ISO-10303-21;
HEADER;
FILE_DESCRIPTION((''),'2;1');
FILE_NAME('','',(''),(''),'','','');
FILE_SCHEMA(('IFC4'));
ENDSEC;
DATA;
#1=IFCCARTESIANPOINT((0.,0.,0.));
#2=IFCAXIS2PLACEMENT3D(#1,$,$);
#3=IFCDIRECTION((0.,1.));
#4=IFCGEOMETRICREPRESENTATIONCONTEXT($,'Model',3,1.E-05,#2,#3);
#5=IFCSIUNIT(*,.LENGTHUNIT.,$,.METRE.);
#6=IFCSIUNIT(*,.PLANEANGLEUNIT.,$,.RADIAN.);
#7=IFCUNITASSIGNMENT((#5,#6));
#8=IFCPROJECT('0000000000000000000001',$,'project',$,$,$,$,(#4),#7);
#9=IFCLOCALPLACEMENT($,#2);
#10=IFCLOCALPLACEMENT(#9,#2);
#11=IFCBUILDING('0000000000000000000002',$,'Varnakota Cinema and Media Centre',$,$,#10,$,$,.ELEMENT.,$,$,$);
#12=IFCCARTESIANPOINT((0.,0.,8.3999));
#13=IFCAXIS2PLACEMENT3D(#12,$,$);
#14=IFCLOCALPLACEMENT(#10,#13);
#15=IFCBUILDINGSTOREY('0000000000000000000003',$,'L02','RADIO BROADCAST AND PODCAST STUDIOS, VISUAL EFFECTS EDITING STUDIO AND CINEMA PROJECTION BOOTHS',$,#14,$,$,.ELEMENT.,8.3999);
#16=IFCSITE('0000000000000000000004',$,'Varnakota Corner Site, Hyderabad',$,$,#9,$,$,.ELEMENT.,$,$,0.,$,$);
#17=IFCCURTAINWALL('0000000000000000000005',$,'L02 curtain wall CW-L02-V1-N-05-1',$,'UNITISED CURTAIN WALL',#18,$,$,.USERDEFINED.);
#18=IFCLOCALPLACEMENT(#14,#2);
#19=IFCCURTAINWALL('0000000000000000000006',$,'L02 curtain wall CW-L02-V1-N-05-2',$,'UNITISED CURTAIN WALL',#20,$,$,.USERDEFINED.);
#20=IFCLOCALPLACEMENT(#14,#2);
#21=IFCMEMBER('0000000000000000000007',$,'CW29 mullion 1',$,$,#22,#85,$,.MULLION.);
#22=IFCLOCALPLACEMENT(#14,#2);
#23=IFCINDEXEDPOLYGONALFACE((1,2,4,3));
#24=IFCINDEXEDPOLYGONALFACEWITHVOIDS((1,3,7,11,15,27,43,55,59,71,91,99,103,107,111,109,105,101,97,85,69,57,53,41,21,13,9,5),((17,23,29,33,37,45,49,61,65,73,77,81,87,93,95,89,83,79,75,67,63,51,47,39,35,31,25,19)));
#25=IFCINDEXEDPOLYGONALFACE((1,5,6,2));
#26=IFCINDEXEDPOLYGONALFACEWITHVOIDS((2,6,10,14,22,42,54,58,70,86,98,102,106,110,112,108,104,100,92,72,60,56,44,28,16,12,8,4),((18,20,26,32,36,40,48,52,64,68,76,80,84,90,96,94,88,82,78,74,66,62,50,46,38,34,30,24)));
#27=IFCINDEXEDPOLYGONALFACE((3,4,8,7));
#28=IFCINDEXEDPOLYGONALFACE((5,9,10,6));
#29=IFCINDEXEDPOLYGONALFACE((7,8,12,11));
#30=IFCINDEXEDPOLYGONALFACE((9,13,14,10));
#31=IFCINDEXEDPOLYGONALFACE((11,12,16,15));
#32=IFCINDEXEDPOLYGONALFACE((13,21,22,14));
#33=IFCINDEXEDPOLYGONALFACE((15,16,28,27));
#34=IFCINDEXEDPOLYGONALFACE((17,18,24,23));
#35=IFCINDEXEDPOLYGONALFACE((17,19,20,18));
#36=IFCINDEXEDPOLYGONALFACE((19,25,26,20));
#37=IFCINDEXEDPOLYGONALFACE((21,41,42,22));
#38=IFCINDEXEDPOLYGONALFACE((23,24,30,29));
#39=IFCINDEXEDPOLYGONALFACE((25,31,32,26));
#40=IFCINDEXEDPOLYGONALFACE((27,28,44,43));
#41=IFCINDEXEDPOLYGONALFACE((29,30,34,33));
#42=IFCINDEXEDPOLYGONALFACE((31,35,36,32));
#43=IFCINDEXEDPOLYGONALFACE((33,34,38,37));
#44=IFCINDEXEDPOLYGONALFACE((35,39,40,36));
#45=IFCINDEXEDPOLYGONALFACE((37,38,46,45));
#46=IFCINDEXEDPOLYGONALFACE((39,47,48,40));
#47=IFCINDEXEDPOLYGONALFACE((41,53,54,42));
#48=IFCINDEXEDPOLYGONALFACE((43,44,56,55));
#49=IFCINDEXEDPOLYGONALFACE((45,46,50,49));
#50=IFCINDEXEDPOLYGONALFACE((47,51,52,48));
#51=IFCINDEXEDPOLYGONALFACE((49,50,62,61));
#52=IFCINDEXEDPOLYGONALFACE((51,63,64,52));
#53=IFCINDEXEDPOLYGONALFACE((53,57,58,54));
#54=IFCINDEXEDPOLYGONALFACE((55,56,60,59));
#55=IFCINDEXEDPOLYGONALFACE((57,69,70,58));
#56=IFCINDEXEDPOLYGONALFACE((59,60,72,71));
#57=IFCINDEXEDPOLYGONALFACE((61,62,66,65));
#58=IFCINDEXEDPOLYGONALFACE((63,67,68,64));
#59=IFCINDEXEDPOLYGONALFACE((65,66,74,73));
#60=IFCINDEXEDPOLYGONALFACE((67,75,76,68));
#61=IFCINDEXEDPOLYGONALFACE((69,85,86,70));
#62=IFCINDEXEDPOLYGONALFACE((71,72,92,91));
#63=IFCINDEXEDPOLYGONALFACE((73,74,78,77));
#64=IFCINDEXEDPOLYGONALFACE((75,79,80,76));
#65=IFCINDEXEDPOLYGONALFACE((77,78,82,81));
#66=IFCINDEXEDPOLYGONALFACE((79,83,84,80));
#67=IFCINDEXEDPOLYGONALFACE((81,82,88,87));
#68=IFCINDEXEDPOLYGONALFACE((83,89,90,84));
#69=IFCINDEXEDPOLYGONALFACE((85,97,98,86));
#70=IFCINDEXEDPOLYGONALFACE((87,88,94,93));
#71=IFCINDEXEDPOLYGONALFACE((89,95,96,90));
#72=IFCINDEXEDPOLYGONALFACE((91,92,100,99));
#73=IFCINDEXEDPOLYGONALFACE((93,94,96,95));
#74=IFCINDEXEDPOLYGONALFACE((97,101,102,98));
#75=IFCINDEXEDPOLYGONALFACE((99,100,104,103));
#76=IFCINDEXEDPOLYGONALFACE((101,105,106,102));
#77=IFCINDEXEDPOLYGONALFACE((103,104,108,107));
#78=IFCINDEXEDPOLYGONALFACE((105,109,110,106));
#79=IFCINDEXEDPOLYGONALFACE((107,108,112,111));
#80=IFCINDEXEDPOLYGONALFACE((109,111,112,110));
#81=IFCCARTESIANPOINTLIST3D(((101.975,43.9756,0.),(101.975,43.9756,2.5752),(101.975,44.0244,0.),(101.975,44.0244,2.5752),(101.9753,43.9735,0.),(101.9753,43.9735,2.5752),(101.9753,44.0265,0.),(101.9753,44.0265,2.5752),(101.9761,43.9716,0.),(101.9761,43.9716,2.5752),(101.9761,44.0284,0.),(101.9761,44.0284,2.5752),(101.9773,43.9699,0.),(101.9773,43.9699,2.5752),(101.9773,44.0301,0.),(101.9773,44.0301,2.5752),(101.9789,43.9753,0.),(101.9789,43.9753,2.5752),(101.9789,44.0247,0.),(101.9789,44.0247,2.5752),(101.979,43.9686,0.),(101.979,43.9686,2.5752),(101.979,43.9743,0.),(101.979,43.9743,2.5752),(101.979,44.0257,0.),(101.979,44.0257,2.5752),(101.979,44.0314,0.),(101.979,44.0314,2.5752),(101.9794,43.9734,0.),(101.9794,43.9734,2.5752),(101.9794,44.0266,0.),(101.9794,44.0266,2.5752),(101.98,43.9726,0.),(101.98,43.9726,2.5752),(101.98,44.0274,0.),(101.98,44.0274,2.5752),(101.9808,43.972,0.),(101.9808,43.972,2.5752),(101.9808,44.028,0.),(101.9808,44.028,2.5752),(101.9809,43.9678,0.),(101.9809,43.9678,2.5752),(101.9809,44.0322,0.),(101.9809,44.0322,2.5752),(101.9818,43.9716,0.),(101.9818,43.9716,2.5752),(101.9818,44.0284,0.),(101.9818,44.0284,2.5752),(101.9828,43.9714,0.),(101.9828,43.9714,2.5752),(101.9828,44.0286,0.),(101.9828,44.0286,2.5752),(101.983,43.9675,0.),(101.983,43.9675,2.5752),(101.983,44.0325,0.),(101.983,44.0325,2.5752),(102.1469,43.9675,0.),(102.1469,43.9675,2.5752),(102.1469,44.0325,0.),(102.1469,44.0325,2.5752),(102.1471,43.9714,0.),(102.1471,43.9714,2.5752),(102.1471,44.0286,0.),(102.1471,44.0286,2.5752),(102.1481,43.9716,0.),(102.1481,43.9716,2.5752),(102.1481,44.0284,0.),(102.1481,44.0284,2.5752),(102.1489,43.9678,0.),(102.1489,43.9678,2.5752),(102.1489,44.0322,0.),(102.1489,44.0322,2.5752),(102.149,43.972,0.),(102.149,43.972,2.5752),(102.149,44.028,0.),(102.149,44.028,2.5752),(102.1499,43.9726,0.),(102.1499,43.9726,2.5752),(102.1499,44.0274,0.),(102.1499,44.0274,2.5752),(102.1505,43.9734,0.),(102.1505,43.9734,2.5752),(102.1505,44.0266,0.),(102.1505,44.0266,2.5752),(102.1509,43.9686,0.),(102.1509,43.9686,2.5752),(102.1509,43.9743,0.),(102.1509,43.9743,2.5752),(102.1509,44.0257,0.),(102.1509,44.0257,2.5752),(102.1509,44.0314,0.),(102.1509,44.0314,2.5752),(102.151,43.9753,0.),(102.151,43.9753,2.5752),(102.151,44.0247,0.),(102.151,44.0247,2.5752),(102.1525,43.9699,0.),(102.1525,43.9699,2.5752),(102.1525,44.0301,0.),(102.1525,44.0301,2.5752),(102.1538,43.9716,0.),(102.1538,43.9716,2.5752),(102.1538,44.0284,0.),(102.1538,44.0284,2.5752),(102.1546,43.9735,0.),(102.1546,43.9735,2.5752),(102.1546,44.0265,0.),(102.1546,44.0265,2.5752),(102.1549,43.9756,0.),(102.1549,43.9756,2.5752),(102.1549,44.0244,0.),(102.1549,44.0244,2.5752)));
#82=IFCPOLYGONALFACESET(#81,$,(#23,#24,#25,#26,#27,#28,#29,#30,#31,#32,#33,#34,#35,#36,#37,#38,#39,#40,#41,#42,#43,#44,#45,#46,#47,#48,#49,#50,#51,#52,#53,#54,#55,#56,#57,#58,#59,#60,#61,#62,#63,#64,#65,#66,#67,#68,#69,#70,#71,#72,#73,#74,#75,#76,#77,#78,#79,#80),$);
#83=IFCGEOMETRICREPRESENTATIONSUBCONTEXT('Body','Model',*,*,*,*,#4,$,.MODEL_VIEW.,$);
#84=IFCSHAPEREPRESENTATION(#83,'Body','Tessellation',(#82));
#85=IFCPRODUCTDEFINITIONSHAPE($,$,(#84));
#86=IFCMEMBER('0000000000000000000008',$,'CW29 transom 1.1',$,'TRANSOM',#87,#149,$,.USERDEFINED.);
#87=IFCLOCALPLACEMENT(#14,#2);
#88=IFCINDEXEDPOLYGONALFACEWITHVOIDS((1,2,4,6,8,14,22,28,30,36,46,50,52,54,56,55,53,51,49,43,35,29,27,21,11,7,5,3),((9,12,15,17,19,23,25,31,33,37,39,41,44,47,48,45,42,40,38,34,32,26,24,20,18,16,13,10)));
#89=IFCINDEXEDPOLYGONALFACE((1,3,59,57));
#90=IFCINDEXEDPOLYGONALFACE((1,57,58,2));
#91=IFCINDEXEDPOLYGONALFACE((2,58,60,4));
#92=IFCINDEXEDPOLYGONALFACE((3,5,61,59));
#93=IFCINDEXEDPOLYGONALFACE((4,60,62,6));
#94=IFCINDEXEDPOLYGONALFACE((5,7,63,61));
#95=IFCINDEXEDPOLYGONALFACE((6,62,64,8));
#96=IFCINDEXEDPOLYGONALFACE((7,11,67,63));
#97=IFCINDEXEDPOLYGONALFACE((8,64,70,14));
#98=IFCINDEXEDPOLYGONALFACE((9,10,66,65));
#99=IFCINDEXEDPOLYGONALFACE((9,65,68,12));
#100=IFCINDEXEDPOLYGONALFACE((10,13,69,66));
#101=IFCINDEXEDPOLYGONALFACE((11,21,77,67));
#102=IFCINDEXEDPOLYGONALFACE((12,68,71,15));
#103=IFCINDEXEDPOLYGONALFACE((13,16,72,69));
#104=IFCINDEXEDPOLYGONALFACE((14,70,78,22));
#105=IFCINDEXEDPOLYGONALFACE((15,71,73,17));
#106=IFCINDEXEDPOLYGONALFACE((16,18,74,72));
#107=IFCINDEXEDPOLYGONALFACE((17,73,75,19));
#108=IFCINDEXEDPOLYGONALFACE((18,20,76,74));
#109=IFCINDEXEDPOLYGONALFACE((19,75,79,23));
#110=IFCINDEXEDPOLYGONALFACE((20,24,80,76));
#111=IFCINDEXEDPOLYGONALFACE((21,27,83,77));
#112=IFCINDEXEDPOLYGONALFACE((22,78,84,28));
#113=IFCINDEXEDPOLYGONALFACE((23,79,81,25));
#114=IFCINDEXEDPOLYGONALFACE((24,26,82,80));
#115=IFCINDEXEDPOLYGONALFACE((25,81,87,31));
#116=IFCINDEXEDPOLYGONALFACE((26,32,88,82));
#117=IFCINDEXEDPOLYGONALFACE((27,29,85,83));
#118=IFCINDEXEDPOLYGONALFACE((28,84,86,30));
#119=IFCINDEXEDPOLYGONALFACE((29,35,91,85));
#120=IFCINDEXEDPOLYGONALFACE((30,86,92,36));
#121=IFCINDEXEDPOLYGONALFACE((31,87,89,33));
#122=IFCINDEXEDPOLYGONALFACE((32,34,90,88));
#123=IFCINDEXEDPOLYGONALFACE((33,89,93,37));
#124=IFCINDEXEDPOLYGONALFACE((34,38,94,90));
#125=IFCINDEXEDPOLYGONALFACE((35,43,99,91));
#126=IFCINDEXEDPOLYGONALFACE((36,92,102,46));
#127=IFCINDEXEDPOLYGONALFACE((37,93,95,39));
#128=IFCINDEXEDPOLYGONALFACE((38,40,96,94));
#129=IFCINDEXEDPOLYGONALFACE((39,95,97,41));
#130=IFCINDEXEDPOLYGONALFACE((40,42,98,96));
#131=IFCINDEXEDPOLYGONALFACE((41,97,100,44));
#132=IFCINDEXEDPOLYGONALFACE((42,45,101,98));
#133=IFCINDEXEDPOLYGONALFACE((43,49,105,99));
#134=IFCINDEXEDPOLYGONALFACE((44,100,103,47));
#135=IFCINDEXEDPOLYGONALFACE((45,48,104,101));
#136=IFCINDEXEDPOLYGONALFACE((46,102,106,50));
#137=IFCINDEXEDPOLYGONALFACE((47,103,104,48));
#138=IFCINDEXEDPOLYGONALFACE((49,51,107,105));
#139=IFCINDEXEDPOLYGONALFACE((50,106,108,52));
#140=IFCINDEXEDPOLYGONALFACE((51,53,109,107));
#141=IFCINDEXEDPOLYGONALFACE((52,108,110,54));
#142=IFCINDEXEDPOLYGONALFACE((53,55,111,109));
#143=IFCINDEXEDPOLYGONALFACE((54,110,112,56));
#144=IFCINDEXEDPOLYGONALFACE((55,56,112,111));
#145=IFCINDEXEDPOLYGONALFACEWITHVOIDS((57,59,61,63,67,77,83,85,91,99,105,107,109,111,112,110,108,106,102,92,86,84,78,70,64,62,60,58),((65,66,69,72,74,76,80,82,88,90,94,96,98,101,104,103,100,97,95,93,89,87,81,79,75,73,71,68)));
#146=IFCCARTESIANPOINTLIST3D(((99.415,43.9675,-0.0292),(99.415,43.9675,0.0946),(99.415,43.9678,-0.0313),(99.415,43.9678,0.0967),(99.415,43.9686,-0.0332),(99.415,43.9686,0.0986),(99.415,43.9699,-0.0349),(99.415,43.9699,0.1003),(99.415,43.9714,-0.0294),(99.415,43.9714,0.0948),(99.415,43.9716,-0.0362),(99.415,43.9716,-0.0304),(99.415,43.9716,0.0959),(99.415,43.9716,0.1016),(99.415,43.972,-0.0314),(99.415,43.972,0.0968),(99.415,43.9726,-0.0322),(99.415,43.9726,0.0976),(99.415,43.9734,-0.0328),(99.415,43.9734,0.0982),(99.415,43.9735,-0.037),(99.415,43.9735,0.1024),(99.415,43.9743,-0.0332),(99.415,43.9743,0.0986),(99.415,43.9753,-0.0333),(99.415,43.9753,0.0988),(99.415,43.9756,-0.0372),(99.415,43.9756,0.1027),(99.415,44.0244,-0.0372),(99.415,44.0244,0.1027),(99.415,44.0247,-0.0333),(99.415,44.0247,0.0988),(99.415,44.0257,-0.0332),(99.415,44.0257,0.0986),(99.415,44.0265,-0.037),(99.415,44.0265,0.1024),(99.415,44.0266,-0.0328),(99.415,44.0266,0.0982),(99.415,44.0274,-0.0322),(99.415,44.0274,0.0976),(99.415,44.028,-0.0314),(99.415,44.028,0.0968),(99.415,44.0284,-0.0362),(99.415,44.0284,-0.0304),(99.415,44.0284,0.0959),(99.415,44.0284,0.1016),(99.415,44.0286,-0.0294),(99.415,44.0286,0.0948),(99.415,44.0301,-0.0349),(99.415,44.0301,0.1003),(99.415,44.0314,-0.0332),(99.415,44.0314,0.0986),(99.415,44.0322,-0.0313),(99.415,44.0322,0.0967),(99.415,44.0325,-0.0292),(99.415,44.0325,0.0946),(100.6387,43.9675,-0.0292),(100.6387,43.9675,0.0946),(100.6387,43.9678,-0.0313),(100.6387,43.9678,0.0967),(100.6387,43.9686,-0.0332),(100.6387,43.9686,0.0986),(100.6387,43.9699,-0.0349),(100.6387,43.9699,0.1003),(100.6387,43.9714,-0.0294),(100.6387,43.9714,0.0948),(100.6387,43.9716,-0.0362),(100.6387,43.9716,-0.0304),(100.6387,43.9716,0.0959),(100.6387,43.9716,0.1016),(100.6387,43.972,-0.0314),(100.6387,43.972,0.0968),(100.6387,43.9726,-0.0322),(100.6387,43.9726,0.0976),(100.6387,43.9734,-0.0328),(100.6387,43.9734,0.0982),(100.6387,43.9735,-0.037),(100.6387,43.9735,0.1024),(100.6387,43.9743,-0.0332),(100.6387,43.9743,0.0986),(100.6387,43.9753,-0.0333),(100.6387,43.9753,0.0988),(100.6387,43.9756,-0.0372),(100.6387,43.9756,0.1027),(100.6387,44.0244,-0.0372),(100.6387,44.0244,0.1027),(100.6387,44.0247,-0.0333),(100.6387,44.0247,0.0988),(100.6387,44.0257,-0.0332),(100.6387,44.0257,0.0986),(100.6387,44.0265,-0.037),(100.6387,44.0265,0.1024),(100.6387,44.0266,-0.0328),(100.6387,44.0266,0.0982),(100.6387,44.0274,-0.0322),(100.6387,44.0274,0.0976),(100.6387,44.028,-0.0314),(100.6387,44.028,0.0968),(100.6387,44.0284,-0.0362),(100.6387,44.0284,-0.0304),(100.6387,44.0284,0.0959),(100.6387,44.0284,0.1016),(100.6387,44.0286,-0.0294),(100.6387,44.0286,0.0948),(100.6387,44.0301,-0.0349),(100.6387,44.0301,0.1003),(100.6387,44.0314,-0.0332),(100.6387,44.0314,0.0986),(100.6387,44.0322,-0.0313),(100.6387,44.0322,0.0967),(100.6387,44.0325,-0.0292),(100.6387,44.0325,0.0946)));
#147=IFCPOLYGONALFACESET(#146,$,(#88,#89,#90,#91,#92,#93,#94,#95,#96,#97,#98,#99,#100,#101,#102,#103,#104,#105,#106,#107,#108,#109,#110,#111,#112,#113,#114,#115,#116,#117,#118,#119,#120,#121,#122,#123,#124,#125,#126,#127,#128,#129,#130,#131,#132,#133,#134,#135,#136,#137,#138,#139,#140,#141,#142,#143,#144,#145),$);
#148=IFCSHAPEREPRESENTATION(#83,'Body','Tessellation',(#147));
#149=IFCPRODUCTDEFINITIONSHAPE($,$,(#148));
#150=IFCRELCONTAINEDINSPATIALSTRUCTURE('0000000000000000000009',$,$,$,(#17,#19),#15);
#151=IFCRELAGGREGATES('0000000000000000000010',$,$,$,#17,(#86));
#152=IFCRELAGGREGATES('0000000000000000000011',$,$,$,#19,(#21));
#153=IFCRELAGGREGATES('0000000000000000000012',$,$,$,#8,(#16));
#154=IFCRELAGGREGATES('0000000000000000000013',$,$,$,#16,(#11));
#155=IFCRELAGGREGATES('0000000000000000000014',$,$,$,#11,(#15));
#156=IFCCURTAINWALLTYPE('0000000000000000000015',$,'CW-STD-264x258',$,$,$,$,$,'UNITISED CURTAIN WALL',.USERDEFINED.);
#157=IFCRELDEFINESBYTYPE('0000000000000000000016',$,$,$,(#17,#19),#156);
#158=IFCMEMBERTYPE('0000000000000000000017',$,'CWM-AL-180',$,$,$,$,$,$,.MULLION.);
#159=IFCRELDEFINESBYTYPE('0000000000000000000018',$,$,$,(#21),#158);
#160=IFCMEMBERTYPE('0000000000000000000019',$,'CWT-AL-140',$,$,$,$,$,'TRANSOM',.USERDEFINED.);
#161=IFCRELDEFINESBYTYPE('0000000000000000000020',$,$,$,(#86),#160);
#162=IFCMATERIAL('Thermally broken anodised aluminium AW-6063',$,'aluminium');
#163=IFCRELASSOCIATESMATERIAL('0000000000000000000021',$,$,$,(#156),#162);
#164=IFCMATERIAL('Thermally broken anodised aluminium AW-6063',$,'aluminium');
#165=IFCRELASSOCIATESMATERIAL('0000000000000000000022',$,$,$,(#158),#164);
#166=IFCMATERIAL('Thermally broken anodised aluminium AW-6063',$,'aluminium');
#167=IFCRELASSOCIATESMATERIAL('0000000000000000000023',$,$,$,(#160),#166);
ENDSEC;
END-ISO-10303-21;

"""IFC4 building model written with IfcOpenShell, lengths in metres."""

from ifc_helpers import new_model, si_unit, direction, frame, origin, origin_2d, place, context, subcontext, project, spatial, hollow_rectangle, extrude, material, material_profile, profile_set, type_object, element, aggregate, save


model = new_model("IFC4")

# Units and contexts
model_context = context("Model", 3, precision=1e-05, world=origin(), true_north=direction((0.0, 1.0)))
body_context = subcontext(model_context, "Body", "Model", "MODEL_VIEW")
ifc_project = project(units=[si_unit("LENGTHUNIT", "METRE"), si_unit("PLANEANGLEUNIT", "RADIAN")], contexts=[model_context])

# Site, building, storey
site_placement = place(None, origin())
site = spatial("IfcSite", under=ifc_project, at=site_placement, Name="Varnakota Corner Site, Hyderabad", CompositionType="ELEMENT", RefElevation=0.0)
building_placement = place(site_placement, origin())
building = spatial("IfcBuilding", under=site, at=building_placement, Name="Varnakota Cinema and Media Centre", CompositionType="ELEMENT")
storey_placement = place(building_placement, frame((0.0, 0.0, 8.3999)))
storey = spatial("IfcBuildingStorey", under=building, at=storey_placement, Name="L02", Description="RADIO BROADCAST AND PODCAST STUDIOS, VISUAL EFFECTS EDITING STUDIO AND CINEMA PROJECTION BOOTHS", CompositionType="ELEMENT", Elevation=8.3999)

# Shared definitions
ifc_material_1 = material(Name="Thermally broken anodised aluminium AW-6063", Category="aluminium")
curtain_wall_type = type_object("IfcCurtainWallType", Name="CW-STD-264x258", ElementType="UNITISED CURTAIN WALL", PredefinedType="USERDEFINED", material=ifc_material_1)
ifc_material_2 = material(Name="Thermally broken anodised aluminium AW-6063", Category="aluminium")
ifc_material_profile_1 = material_profile(ifc_material_2, hollow_rectangle(XDim=0.0649, YDim=0.1799, WallThickness=0.0039, InnerFilletRadius=0.0039, OuterFilletRadius=0.0081, at=origin_2d()), Name="AL-MULLION 180x65x4")
ifc_profile_set_1 = profile_set([ifc_material_profile_1], Name="Thermally broken anodised aluminium AW-6063")
member_type_1 = type_object("IfcMemberType", Name="CWM-AL-180", PredefinedType="MULLION", material=ifc_profile_set_1)

# Curtain wall
curtain_wall_1_placement = place(storey_placement, origin())
curtain_wall_1 = element("IfcCurtainWall", 1, at=curtain_wall_1_placement, inside=storey, type_object=curtain_wall_type, Name="L02 curtain wall CW-L02-V1-N-05-1", ObjectType="UNITISED CURTAIN WALL", PredefinedType="USERDEFINED")

# Curtain wall, member
curtain_wall_2_placement = place(storey_placement, origin())
curtain_wall_2 = element("IfcCurtainWall", 2, at=curtain_wall_2_placement, inside=storey, type_object=curtain_wall_type, Name="L02 curtain wall CW-L02-V1-N-05-2", ObjectType="UNITISED CURTAIN WALL", PredefinedType="USERDEFINED")
member_1_placement = place(storey_placement, frame((102.0649, 44.0, 0.0), z_axis=(0.0, 0.0, 1.0), x_axis=(0.0, 1.0, 0.0)))
member_1 = element("IfcMember", 3, at=member_1_placement, type_object=member_type_1, Name="CW29 mullion 1", PredefinedType="MULLION", context=body_context, shape_type="SweptSolid", body=[
    extrude(hollow_rectangle(XDim=0.0649, YDim=0.1799, WallThickness=0.0039, InnerFilletRadius=0.0039, OuterFilletRadius=0.0081, at=origin_2d()), origin(), (0.0, 0.0, 1.0), 2.5752),
])

# Member
ifc_material_3 = material(Name="Thermally broken anodised aluminium AW-6063", Category="aluminium")
ifc_material_profile_2 = material_profile(ifc_material_3, hollow_rectangle(XDim=0.0649, YDim=0.1399, WallThickness=0.0039, InnerFilletRadius=0.0039, OuterFilletRadius=0.0081, at=origin_2d()), Name="AL-TRANSOM 140x65x4")
ifc_profile_set_2 = profile_set([ifc_material_profile_2], Name="Thermally broken anodised aluminium AW-6063")
member_type_2 = type_object("IfcMemberType", Name="CWT-AL-140", ElementType="TRANSOM", PredefinedType="USERDEFINED", material=ifc_profile_set_2)
member_2_placement = place(storey_placement, frame((99.415, 44.0, 0.0327), z_axis=(1.0, 0.0, 0.0), x_axis=(0.0, 1.0, 0.0)))
member_2 = element("IfcMember", 4, at=member_2_placement, type_object=member_type_2, Name="CW29 transom 1.1", ObjectType="TRANSOM", PredefinedType="USERDEFINED", context=body_context, shape_type="SweptSolid", body=[
    extrude(hollow_rectangle(XDim=0.0649, YDim=0.1399, WallThickness=0.0039, InnerFilletRadius=0.0039, OuterFilletRadius=0.0081, at=origin_2d()), origin(), (0.0, 0.0, 1.0), 1.2236),
])

aggregate(curtain_wall_1, [member_2])
aggregate(curtain_wall_2, [member_1])

save(model, "model.ifc")
